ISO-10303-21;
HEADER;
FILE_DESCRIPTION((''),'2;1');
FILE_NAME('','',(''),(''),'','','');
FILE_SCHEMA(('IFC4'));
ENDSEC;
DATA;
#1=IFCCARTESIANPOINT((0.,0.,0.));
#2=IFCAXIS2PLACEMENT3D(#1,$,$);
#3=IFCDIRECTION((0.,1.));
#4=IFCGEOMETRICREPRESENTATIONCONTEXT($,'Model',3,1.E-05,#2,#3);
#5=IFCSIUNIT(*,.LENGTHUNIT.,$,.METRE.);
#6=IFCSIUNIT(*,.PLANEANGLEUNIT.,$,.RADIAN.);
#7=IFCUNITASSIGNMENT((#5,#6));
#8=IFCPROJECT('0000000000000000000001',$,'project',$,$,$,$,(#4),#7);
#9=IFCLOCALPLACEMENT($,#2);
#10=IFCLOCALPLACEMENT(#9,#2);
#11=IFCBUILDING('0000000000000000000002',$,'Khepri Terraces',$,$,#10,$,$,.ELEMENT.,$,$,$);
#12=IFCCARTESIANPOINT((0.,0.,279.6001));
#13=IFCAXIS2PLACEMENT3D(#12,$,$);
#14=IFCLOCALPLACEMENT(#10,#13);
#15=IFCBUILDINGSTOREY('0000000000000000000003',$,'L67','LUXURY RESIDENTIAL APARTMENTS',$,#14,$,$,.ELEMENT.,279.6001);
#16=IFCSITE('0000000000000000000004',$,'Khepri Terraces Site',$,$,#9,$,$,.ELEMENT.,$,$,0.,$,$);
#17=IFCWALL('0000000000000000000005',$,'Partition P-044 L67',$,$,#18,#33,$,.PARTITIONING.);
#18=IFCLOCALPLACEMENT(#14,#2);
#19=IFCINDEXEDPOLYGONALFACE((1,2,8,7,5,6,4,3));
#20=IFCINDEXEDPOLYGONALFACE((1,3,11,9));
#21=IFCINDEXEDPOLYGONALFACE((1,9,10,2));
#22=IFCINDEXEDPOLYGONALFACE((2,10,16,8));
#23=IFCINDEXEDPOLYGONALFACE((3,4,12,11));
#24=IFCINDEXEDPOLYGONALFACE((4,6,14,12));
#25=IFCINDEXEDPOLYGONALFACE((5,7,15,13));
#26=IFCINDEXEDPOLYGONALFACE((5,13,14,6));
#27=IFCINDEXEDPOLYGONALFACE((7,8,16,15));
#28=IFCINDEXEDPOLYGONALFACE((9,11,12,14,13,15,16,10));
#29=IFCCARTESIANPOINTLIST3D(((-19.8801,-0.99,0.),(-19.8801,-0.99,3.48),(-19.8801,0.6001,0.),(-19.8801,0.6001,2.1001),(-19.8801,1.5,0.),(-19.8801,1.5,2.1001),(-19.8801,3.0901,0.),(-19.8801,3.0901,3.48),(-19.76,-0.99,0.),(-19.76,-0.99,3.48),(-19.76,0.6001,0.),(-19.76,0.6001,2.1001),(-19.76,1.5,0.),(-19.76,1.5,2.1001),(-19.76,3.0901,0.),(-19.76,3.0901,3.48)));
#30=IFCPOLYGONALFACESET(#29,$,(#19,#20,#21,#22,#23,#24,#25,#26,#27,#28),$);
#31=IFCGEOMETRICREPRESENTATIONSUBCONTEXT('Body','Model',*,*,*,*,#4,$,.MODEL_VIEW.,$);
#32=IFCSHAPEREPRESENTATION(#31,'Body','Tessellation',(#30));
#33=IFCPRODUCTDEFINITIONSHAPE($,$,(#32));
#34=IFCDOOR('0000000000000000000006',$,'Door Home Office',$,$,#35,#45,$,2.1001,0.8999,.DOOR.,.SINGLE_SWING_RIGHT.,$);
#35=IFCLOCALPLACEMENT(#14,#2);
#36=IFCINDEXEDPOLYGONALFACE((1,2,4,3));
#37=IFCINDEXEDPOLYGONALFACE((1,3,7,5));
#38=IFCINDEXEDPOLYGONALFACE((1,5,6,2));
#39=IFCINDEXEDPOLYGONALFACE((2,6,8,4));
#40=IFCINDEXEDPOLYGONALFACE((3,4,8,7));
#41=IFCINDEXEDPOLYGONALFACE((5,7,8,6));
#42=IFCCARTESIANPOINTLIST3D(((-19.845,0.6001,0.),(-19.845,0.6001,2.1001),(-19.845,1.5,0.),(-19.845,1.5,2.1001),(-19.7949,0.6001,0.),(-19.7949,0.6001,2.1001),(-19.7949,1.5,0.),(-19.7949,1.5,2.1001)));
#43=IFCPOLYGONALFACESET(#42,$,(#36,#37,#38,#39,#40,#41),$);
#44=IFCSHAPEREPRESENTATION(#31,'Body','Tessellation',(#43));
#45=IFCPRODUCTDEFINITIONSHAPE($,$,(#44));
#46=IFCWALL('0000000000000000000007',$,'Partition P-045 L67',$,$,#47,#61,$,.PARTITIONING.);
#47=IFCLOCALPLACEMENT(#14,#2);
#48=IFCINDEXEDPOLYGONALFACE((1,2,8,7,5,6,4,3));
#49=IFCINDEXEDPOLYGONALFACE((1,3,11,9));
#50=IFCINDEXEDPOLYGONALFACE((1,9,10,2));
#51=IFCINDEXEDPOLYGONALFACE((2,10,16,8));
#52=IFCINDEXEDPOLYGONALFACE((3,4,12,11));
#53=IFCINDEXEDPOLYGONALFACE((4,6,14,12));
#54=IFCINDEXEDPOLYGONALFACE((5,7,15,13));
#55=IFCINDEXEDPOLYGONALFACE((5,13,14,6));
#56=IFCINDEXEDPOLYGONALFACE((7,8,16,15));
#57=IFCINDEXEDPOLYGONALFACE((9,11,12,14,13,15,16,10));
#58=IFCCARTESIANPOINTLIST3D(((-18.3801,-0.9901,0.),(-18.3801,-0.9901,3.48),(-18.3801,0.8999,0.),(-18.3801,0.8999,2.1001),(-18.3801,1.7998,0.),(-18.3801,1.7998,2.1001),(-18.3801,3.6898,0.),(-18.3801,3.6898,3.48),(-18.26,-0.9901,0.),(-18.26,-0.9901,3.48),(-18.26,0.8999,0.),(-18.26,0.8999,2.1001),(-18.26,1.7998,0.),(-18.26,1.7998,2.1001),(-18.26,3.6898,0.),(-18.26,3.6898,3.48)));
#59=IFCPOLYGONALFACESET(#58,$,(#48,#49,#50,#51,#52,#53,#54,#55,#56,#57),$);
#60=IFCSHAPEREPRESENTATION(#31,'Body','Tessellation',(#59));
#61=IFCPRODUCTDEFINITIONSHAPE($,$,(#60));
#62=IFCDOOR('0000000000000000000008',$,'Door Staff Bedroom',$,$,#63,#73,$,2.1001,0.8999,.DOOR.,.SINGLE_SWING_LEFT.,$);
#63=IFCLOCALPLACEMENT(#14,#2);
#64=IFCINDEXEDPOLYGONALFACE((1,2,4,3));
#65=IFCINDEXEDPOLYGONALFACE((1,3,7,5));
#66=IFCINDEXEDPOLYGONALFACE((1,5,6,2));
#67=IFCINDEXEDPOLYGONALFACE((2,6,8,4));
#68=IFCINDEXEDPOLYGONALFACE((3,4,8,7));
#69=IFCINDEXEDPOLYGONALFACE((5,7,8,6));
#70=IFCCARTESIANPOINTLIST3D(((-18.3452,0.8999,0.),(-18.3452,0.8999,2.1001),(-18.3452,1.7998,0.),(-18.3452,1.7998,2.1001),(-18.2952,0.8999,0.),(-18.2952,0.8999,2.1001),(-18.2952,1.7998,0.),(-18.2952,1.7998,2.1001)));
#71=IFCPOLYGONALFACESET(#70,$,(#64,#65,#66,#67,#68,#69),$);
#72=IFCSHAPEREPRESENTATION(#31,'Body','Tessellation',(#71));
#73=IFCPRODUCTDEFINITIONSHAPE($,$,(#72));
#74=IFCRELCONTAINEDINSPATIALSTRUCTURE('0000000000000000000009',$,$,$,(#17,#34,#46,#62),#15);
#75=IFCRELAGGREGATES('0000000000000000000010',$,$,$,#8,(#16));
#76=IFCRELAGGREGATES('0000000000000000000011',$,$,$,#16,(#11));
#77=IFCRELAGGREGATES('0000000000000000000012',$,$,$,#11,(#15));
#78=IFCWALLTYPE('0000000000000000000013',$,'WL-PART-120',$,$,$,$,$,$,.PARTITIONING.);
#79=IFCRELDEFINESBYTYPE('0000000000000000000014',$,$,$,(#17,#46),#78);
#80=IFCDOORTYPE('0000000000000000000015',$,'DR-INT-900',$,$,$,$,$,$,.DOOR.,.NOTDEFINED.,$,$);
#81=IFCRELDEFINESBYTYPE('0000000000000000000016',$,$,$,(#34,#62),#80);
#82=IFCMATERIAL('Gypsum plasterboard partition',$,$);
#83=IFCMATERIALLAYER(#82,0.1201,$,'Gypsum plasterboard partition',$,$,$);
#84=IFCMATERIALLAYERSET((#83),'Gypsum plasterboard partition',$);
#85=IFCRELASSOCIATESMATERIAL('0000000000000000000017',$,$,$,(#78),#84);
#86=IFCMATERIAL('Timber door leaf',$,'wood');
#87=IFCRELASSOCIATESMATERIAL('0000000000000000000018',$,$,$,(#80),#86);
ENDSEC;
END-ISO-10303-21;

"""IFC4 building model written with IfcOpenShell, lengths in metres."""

from ifc_helpers import new_model, si_unit, direction, frame, frame_2d, origin, place, context, subcontext, project, spatial, rectangle, extrude, material, layer, layer_set, type_object, element, fill, save


model = new_model("IFC4")

# Units and contexts
model_context = context("Model", 3, precision=1e-05, world=origin(), true_north=direction((0.0, 1.0)))
body_context = subcontext(model_context, "Body", "Model", "MODEL_VIEW")
ifc_project = project(units=[si_unit("LENGTHUNIT", "METRE"), si_unit("PLANEANGLEUNIT", "RADIAN")], contexts=[model_context])

# Site, building, storey
site_placement = place(None, origin())
site = spatial("IfcSite", under=ifc_project, at=site_placement, Name="Khepri Terraces Site", CompositionType="ELEMENT", RefElevation=0.0)
building_placement = place(site_placement, origin())
building = spatial("IfcBuilding", under=site, at=building_placement, Name="Khepri Terraces", CompositionType="ELEMENT")
storey_placement = place(building_placement, frame((0.0, 0.0, 279.6001)))
storey = spatial("IfcBuildingStorey", under=building, at=storey_placement, Name="L67", Description="LUXURY RESIDENTIAL APARTMENTS", CompositionType="ELEMENT", Elevation=279.6001)

# Shared definitions
ifc_material_1 = material(Name="Gypsum plasterboard partition")
ifc_layer_1 = layer(ifc_material_1, 0.1201, Name="Gypsum plasterboard partition")
ifc_layer_set_1 = layer_set([ifc_layer_1], Name="Gypsum plasterboard partition")
wall_type_1 = type_object("IfcWallType", Name="WL-PART-120", PredefinedType="PARTITIONING", material=ifc_layer_set_1)

# Shared definitions
ifc_material_2 = material(Name="Timber door leaf", Category="wood")
door_type_1 = type_object("IfcDoorType", Name="DR-INT-900", OperationType="NOTDEFINED", PredefinedType="DOOR", material=ifc_material_2)

# Walls, openings, doors
wall_1_placement = place(storey_placement, frame((-19.8201, -0.99, 0.0), z_axis=(0.0, 0.0, 1.0), x_axis=(0.0, 1.0, 0.0)))
wall_1 = element("IfcWall", 1, at=wall_1_placement, inside=storey, type_object=wall_type_1, Name="Partition P-044 L67", PredefinedType="PARTITIONING", context=body_context, shape_type="SweptSolid", body=[
    extrude(rectangle(XDim=4.0801, YDim=0.1201, at=frame_2d((2.04, 0.0))), origin(), (0.0, 0.0, 1.0), 3.48),
])
opening_1_placement = place(wall_1_placement, frame((1.5901, 0.0, 0.0)))
opening_1 = element("IfcOpeningElement", 2, at=opening_1_placement, cuts=wall_1, PredefinedType="OPENING", context=body_context, shape_type="SweptSolid", body=[
    extrude(rectangle(XDim=0.8999, YDim=2.1001, at=frame_2d((0.45, 1.05))), frame((0.0, 0.0701, 0.0), z_axis=(0.0, -1.0, 0.0), x_axis=(1.0, 0.0, 0.0)), (0.0, 0.0, 1.0), 0.1401),
])
door_1_placement = place(opening_1_placement, origin())
door_1 = element("IfcDoor", 3, at=door_1_placement, inside=storey, type_object=door_type_1, Name="Door Home Office", OperationType="SINGLE_SWING_RIGHT", OverallHeight=2.1001, OverallWidth=0.8999, PredefinedType="DOOR", context=body_context, shape_type="SweptSolid", body=[
    extrude(rectangle(XDim=0.8999, YDim=2.1001, at=frame_2d((0.45, 1.05))), frame((0.0, 0.0249, 0.0), z_axis=(0.0, -1.0, 0.0), x_axis=(1.0, 0.0, 0.0)), (0.0, 0.0, 1.0), 0.05),
])
fill(opening_1, door_1)
wall_2_placement = place(storey_placement, frame((-18.3201, -0.99, 0.0), z_axis=(0.0, 0.0, 1.0), x_axis=(0.0, 1.0, 0.0)))
wall_2 = element("IfcWall", 4, at=wall_2_placement, inside=storey, type_object=wall_type_1, Name="Partition P-045 L67", PredefinedType="PARTITIONING", context=body_context, shape_type="SweptSolid", body=[
    extrude(rectangle(XDim=4.6799, YDim=0.1201, at=frame_2d((2.3398, 0.0))), origin(), (0.0, 0.0, 1.0), 3.48),
])
opening_2_placement = place(wall_2_placement, frame((1.8899, 0.0, 0.0)))
opening_2 = element("IfcOpeningElement", 5, at=opening_2_placement, cuts=wall_2, PredefinedType="OPENING", context=body_context, shape_type="SweptSolid", body=[
    extrude(rectangle(XDim=0.8999, YDim=2.1001, at=frame_2d((0.45, 1.05))), frame((0.0, 0.0701, 0.0), z_axis=(0.0, -1.0, 0.0), x_axis=(1.0, 0.0, 0.0)), (0.0, 0.0, 1.0), 0.1401),
])
door_2_placement = place(opening_2_placement, frame((0.8999, 0.0, 0.0), z_axis=(0.0, 0.0, 1.0), x_axis=(-1.0, 0.0, 0.0)))
door_2 = element("IfcDoor", 6, at=door_2_placement, inside=storey, type_object=door_type_1, Name="Door Staff Bedroom", OperationType="SINGLE_SWING_LEFT", OverallHeight=2.1001, OverallWidth=0.8999, PredefinedType="DOOR", context=body_context, shape_type="SweptSolid", body=[
    extrude(rectangle(XDim=0.8999, YDim=2.1001, at=frame_2d((0.45, 1.05))), frame((0.0, 0.0249, 0.0), z_axis=(0.0, -1.0, 0.0), x_axis=(1.0, 0.0, 0.0)), (0.0, 0.0, 1.0), 0.05),
])
fill(opening_2, door_2)

save(model, "model.ifc")
